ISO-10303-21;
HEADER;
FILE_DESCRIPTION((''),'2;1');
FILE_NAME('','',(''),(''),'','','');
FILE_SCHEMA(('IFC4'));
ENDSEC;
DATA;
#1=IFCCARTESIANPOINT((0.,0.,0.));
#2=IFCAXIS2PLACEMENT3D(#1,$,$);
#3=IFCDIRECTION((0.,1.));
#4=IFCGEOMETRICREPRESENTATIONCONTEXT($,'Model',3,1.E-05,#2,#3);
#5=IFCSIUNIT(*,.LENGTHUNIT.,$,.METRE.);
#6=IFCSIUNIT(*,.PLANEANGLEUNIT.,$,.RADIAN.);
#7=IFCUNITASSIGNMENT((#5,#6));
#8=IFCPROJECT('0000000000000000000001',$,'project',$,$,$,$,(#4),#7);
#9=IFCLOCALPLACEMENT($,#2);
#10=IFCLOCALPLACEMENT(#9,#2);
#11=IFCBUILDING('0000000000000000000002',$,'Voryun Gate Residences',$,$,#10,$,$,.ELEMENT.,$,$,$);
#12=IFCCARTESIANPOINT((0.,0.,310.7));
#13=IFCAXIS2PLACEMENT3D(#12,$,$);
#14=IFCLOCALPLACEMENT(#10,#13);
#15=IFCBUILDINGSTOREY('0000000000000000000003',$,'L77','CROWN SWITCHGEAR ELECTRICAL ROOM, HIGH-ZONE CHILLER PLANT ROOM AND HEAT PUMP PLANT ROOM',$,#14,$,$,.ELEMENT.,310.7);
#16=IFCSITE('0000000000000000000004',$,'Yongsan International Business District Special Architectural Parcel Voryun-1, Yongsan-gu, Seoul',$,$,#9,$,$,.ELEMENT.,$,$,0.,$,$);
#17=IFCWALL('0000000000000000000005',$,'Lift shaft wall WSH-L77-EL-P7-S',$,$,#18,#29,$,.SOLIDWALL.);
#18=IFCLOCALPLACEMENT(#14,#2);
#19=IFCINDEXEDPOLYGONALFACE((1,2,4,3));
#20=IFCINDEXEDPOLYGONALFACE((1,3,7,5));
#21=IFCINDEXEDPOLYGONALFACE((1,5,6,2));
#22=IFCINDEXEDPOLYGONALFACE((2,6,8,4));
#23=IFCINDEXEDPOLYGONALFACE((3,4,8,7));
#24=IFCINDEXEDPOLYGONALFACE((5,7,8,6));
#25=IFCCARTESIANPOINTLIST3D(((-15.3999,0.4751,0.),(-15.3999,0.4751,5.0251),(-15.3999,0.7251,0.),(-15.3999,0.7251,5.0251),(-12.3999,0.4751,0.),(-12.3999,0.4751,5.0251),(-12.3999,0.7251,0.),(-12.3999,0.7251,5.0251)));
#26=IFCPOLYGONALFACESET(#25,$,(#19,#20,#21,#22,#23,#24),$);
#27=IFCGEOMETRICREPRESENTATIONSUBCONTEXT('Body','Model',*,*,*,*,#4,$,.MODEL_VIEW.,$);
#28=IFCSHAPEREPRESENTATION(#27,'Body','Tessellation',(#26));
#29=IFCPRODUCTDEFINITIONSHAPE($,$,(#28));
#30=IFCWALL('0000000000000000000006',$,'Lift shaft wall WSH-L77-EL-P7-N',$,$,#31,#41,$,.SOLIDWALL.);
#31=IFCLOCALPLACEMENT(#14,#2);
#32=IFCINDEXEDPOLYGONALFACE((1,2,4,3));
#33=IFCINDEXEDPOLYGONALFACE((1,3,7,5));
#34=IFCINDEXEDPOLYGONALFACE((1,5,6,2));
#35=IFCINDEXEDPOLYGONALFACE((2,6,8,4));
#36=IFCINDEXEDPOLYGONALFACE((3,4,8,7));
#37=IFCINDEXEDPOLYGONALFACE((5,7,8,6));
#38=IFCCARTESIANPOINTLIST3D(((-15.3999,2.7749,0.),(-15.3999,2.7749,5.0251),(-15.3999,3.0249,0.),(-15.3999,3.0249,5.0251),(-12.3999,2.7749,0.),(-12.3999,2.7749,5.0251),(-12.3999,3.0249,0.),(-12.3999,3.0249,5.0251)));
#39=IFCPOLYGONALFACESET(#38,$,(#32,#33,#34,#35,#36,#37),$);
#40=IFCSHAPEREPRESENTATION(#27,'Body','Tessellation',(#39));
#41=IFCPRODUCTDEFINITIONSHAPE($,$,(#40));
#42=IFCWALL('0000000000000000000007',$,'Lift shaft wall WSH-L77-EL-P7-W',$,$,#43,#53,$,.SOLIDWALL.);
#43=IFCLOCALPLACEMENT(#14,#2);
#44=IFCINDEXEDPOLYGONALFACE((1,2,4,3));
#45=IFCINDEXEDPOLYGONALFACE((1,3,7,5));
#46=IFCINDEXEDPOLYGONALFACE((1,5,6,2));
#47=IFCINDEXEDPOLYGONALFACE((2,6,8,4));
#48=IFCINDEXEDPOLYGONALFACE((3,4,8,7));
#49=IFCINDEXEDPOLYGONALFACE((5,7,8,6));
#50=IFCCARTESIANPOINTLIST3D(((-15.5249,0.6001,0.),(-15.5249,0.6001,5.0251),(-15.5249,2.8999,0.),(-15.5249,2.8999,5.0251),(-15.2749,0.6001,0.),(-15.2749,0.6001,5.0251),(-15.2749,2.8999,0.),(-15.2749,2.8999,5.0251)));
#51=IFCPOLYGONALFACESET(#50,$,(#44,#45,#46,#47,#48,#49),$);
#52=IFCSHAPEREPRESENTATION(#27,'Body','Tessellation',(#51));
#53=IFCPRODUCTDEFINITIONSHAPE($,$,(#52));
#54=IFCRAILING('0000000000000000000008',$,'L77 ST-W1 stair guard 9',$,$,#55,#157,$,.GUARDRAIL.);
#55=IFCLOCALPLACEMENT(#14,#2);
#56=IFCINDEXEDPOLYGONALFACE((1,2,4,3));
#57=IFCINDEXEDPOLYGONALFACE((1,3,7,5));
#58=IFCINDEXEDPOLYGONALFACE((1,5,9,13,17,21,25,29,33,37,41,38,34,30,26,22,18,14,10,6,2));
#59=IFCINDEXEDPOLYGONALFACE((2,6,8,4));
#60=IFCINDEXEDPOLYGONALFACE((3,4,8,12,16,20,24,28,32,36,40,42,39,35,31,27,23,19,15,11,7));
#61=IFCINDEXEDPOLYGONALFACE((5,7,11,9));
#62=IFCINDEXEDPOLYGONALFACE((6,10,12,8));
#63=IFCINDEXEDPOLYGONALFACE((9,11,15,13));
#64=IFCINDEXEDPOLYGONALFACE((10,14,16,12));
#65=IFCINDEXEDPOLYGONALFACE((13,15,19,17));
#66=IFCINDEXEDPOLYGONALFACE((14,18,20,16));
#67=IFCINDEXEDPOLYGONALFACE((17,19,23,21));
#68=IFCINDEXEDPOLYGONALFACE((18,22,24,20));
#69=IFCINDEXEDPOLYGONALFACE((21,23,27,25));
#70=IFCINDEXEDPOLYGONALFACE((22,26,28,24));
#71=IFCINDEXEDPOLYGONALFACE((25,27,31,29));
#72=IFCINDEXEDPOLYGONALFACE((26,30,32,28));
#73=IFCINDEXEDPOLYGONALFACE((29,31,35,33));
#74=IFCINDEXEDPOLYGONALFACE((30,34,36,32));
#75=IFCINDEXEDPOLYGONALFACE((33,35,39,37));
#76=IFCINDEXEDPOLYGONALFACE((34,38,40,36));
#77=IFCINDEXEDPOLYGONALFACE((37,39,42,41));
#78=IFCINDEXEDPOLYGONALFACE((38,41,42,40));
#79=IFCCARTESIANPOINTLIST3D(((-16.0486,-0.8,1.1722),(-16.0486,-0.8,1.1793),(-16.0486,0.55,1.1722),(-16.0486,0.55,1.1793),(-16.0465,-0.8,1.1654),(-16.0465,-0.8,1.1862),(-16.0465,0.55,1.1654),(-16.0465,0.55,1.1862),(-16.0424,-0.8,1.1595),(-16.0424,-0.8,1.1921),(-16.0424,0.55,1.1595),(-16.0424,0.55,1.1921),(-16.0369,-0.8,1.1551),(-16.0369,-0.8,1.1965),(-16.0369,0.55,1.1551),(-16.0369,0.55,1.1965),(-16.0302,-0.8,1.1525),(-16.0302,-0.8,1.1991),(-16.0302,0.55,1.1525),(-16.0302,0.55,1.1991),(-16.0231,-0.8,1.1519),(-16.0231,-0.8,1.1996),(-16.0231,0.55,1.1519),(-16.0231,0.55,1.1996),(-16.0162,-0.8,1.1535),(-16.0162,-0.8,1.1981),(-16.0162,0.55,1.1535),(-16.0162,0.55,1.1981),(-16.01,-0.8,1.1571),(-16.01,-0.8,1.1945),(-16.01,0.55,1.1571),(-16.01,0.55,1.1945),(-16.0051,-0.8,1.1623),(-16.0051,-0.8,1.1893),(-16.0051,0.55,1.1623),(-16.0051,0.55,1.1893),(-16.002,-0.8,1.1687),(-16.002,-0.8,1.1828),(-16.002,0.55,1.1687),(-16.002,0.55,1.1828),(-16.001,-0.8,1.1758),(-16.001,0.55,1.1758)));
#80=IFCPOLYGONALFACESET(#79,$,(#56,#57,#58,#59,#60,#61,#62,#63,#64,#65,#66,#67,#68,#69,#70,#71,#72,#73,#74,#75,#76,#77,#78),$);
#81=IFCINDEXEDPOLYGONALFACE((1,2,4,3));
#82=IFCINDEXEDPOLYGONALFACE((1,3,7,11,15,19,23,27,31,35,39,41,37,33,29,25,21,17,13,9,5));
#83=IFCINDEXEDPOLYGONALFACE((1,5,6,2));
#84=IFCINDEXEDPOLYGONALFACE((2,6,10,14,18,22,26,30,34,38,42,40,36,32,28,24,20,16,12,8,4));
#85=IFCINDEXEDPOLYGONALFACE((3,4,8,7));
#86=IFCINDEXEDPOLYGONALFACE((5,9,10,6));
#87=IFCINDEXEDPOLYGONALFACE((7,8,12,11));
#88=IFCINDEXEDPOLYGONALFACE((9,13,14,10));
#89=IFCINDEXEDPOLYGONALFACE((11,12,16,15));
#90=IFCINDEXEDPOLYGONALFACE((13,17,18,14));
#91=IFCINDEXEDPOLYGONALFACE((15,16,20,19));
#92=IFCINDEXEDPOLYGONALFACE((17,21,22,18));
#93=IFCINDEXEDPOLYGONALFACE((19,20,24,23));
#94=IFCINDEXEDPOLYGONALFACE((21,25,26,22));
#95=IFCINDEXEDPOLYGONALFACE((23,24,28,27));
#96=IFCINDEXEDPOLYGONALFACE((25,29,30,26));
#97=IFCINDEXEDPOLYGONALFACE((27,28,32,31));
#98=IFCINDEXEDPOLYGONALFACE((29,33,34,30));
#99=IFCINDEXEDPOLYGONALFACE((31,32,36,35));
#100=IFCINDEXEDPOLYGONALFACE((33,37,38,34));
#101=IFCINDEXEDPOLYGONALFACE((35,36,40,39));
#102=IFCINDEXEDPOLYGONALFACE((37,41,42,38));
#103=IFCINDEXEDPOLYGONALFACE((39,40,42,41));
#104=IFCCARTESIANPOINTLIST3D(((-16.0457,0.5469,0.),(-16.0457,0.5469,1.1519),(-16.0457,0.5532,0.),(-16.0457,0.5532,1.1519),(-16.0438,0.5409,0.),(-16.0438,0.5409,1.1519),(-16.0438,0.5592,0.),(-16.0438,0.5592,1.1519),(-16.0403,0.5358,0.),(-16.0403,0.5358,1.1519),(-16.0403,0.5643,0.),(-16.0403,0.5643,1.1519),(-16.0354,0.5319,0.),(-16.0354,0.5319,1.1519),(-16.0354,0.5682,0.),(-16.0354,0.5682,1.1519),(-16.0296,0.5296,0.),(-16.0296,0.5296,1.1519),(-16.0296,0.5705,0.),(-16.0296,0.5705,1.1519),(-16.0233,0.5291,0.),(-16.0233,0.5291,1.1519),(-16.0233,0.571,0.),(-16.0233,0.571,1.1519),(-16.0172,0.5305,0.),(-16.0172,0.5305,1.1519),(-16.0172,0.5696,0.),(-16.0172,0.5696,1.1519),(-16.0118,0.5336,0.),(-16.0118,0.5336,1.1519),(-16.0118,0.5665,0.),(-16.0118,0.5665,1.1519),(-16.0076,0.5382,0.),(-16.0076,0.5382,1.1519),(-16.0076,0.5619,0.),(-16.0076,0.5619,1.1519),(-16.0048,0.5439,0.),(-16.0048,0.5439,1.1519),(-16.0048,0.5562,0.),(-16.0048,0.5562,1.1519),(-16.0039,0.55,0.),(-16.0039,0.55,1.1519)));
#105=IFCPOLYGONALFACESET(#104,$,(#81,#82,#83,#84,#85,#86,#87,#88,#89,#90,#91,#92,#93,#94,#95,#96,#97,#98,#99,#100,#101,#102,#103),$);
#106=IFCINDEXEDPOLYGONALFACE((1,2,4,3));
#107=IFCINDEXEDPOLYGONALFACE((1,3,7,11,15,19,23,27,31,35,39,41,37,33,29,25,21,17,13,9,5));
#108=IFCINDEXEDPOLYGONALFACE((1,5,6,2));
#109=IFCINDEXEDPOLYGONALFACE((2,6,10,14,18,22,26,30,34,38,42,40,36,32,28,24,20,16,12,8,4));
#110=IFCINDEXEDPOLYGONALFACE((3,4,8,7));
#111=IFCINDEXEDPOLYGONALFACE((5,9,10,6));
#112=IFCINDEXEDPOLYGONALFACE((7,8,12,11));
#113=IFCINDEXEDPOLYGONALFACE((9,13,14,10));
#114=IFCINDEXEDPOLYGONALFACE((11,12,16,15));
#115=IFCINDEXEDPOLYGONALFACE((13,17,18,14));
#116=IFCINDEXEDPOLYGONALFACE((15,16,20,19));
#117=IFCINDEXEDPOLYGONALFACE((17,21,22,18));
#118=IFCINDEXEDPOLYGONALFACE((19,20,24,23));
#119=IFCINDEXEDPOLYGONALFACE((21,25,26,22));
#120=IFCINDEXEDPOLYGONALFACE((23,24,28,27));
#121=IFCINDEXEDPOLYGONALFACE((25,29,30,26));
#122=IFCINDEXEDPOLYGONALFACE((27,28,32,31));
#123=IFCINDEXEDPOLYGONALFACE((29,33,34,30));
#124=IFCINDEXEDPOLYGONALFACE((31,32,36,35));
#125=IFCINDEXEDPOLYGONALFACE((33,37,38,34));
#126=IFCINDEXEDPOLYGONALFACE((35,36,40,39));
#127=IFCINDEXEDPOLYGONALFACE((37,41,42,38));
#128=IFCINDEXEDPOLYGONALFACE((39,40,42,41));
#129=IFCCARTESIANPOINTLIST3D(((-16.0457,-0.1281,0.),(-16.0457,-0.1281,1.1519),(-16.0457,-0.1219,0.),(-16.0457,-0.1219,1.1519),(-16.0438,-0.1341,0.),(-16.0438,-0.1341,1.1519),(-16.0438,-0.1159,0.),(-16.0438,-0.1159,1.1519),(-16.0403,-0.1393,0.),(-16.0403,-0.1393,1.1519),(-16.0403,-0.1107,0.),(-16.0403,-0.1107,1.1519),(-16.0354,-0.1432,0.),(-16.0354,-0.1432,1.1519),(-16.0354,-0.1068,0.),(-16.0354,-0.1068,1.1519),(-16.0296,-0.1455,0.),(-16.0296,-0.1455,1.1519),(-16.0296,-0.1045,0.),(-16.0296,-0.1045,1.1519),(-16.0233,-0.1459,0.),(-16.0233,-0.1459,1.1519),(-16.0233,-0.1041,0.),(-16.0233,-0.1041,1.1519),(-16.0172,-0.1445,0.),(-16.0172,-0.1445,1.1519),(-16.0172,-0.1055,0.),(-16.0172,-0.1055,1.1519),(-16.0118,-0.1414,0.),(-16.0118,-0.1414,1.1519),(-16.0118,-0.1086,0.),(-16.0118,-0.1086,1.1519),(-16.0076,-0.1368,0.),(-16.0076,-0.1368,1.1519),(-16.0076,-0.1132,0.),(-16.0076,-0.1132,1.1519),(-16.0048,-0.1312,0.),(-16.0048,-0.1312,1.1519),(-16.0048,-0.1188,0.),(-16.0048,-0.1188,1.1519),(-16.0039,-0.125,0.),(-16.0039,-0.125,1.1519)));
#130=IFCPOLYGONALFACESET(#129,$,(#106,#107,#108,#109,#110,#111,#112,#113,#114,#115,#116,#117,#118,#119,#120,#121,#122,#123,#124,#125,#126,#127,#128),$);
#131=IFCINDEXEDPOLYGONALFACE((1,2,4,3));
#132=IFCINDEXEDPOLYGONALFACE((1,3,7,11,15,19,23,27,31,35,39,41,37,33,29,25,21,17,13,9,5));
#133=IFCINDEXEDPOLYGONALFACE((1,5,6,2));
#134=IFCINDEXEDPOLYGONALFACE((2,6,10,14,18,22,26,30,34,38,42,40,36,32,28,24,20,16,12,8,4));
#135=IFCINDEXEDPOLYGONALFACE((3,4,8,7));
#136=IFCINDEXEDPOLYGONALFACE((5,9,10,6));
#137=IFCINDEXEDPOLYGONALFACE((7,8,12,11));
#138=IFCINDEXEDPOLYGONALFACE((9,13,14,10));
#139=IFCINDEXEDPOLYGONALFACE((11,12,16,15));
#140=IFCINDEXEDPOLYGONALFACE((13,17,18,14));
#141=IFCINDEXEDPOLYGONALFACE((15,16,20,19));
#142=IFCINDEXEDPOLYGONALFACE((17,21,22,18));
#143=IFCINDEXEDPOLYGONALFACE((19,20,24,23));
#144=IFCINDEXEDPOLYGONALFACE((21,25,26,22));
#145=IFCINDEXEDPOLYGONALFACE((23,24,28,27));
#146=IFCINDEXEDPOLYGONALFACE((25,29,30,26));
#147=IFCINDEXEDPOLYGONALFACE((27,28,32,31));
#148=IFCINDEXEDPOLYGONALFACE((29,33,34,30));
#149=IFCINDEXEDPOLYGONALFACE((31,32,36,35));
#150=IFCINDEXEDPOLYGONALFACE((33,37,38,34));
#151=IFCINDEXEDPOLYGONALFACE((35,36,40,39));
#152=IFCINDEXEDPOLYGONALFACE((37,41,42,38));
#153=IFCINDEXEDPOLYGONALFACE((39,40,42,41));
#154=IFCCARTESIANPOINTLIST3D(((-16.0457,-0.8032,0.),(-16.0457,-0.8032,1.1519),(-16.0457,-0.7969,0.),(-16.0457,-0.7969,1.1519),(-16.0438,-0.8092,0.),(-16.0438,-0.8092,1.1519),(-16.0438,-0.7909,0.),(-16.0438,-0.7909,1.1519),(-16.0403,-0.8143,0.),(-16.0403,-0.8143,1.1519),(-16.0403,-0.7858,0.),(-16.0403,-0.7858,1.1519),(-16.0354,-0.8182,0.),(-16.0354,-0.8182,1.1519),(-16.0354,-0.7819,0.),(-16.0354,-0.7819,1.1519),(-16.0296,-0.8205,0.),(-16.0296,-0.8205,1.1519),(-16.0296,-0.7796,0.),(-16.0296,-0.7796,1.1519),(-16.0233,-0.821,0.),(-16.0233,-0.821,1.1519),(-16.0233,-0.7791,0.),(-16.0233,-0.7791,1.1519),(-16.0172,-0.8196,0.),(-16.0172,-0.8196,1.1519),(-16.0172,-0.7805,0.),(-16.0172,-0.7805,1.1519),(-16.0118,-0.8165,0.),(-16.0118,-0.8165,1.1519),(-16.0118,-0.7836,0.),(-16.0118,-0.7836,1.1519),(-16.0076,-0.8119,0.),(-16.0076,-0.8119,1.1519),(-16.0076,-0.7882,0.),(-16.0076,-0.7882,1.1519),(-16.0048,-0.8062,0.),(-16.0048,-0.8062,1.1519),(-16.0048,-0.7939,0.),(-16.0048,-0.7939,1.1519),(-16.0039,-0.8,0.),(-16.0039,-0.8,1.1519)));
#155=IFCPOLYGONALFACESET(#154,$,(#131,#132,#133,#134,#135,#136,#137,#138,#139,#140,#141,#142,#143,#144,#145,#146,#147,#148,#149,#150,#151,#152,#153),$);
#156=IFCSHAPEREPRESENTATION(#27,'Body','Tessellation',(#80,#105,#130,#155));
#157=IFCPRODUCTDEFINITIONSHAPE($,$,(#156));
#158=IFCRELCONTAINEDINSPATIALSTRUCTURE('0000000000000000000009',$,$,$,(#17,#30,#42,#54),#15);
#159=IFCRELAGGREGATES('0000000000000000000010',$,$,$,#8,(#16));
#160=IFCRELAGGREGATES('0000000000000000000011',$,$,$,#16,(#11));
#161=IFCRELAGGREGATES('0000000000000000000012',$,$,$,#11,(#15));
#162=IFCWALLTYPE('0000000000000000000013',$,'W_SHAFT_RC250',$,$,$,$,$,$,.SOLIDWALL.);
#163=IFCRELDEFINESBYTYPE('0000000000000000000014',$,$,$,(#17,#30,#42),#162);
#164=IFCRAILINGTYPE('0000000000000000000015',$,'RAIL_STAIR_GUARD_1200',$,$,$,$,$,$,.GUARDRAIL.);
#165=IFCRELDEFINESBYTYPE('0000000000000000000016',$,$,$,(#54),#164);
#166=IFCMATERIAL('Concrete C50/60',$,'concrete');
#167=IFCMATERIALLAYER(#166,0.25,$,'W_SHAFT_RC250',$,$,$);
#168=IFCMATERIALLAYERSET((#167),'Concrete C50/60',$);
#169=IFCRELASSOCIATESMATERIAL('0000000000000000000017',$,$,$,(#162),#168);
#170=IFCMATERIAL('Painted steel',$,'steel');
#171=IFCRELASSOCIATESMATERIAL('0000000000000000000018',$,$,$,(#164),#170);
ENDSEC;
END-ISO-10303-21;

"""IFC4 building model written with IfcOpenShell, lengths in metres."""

from ifc_helpers import new_model, si_unit, direction, frame, frame_2d, origin, origin_2d, place, context, subcontext, project, spatial, rectangle, circle, extrude, material, layer, layer_set, type_object, element, save


model = new_model("IFC4")

# Units and contexts
model_context = context("Model", 3, precision=1e-05, world=origin(), true_north=direction((0.0, 1.0)))
body_context = subcontext(model_context, "Body", "Model", "MODEL_VIEW")
ifc_project = project(units=[si_unit("LENGTHUNIT", "METRE"), si_unit("PLANEANGLEUNIT", "RADIAN")], contexts=[model_context])

# Site, building, storey
site_placement = place(None, origin())
site = spatial("IfcSite", under=ifc_project, at=site_placement, Name="Yongsan International Business District Special Architectural Parcel Voryun-1, Yongsan-gu, Seoul", CompositionType="ELEMENT", RefElevation=0.0)
building_placement = place(site_placement, origin())
building = spatial("IfcBuilding", under=site, at=building_placement, Name="Voryun Gate Residences", CompositionType="ELEMENT")
storey_placement = place(building_placement, frame((0.0, 0.0, 310.7)))
storey = spatial("IfcBuildingStorey", under=building, at=storey_placement, Name="L77", Description="CROWN SWITCHGEAR ELECTRICAL ROOM, HIGH-ZONE CHILLER PLANT ROOM AND HEAT PUMP PLANT ROOM", CompositionType="ELEMENT", Elevation=310.7)

# Shared definitions
ifc_material_1 = material(Name="Concrete C50/60", Category="concrete")
ifc_layer_1 = layer(ifc_material_1, 0.25, Name="W_SHAFT_RC250")
ifc_layer_set_1 = layer_set([ifc_layer_1], Name="Concrete C50/60")
wall_type_1 = type_object("IfcWallType", Name="W_SHAFT_RC250", PredefinedType="SOLIDWALL", material=ifc_layer_set_1)

# Walls
for number, where, z_axis, x_axis, name in (
    (1, (-15.3999, 0.6001, 0.0), (0.0, 0.0, 1.0), (1.0, 0.0, 0.0), "Lift shaft wall WSH-L77-EL-P7-S"),
    (2, (-12.3999, 2.8999, 0.0), (0.0, 0.0, 1.0), (-1.0, 0.0, 0.0), "Lift shaft wall WSH-L77-EL-P7-N"),
):
    element("IfcWall", number, at=place(storey_placement, frame(where, z_axis=z_axis, x_axis=x_axis)), inside=storey, type_object=wall_type_1, Name=name, PredefinedType="SOLIDWALL", context=body_context, shape_type="SweptSolid", body=[
        extrude(rectangle(XDim=3.0, YDim=0.25, at=frame_2d((1.5, 0.0))), origin(), (0.0, 0.0, 1.0), 5.0251),
    ])
wall_1_placement = place(storey_placement, frame((-15.3999, 2.8999, 0.0), z_axis=(0.0, 0.0, 1.0), x_axis=(0.0, -1.0, 0.0)))
element("IfcWall", 3, at=wall_1_placement, inside=storey, type_object=wall_type_1, Name="Lift shaft wall WSH-L77-EL-P7-W", PredefinedType="SOLIDWALL", context=body_context, shape_type="SweptSolid", body=[
    extrude(rectangle(XDim=2.2998, YDim=0.25, at=frame_2d((1.1499, 0.0))), origin(), (0.0, 0.0, 1.0), 5.0251),
])

# Railing
ifc_material_2 = material(Name="Painted steel", Category="steel")
railing_type = type_object("IfcRailingType", Name="RAIL_STAIR_GUARD_1200", PredefinedType="GUARDRAIL", material=ifc_material_2)
railing_placement = place(storey_placement, frame((-16.0249, 0.55, 0.0)))
element("IfcRailing", 4, at=railing_placement, inside=storey, type_object=railing_type, Name="L77 ST-W1 stair guard 9", PredefinedType="GUARDRAIL", context=body_context, shape_type="SweptSolid", body=[
    extrude(circle(Radius=0.0239, at=origin_2d()), frame((0.0, 0.0, 1.1758), z_axis=(0.0, -1.0, 0.0), x_axis=(1.0, 0.0, 0.0)), (0.0, 0.0, 1.0), 1.3501),
    extrude(circle(Radius=0.021, at=origin_2d()), origin(), (0.0, 0.0, 1.0), 1.1519),
    extrude(circle(Radius=0.021, at=origin_2d()), frame((0.0, -0.675, 0.0)), (0.0, 0.0, 1.0), 1.1519),
    extrude(circle(Radius=0.021, at=origin_2d()), frame((0.0, -1.3501, 0.0)), (0.0, 0.0, 1.0), 1.1519),
])

save(model, "model.ifc")
